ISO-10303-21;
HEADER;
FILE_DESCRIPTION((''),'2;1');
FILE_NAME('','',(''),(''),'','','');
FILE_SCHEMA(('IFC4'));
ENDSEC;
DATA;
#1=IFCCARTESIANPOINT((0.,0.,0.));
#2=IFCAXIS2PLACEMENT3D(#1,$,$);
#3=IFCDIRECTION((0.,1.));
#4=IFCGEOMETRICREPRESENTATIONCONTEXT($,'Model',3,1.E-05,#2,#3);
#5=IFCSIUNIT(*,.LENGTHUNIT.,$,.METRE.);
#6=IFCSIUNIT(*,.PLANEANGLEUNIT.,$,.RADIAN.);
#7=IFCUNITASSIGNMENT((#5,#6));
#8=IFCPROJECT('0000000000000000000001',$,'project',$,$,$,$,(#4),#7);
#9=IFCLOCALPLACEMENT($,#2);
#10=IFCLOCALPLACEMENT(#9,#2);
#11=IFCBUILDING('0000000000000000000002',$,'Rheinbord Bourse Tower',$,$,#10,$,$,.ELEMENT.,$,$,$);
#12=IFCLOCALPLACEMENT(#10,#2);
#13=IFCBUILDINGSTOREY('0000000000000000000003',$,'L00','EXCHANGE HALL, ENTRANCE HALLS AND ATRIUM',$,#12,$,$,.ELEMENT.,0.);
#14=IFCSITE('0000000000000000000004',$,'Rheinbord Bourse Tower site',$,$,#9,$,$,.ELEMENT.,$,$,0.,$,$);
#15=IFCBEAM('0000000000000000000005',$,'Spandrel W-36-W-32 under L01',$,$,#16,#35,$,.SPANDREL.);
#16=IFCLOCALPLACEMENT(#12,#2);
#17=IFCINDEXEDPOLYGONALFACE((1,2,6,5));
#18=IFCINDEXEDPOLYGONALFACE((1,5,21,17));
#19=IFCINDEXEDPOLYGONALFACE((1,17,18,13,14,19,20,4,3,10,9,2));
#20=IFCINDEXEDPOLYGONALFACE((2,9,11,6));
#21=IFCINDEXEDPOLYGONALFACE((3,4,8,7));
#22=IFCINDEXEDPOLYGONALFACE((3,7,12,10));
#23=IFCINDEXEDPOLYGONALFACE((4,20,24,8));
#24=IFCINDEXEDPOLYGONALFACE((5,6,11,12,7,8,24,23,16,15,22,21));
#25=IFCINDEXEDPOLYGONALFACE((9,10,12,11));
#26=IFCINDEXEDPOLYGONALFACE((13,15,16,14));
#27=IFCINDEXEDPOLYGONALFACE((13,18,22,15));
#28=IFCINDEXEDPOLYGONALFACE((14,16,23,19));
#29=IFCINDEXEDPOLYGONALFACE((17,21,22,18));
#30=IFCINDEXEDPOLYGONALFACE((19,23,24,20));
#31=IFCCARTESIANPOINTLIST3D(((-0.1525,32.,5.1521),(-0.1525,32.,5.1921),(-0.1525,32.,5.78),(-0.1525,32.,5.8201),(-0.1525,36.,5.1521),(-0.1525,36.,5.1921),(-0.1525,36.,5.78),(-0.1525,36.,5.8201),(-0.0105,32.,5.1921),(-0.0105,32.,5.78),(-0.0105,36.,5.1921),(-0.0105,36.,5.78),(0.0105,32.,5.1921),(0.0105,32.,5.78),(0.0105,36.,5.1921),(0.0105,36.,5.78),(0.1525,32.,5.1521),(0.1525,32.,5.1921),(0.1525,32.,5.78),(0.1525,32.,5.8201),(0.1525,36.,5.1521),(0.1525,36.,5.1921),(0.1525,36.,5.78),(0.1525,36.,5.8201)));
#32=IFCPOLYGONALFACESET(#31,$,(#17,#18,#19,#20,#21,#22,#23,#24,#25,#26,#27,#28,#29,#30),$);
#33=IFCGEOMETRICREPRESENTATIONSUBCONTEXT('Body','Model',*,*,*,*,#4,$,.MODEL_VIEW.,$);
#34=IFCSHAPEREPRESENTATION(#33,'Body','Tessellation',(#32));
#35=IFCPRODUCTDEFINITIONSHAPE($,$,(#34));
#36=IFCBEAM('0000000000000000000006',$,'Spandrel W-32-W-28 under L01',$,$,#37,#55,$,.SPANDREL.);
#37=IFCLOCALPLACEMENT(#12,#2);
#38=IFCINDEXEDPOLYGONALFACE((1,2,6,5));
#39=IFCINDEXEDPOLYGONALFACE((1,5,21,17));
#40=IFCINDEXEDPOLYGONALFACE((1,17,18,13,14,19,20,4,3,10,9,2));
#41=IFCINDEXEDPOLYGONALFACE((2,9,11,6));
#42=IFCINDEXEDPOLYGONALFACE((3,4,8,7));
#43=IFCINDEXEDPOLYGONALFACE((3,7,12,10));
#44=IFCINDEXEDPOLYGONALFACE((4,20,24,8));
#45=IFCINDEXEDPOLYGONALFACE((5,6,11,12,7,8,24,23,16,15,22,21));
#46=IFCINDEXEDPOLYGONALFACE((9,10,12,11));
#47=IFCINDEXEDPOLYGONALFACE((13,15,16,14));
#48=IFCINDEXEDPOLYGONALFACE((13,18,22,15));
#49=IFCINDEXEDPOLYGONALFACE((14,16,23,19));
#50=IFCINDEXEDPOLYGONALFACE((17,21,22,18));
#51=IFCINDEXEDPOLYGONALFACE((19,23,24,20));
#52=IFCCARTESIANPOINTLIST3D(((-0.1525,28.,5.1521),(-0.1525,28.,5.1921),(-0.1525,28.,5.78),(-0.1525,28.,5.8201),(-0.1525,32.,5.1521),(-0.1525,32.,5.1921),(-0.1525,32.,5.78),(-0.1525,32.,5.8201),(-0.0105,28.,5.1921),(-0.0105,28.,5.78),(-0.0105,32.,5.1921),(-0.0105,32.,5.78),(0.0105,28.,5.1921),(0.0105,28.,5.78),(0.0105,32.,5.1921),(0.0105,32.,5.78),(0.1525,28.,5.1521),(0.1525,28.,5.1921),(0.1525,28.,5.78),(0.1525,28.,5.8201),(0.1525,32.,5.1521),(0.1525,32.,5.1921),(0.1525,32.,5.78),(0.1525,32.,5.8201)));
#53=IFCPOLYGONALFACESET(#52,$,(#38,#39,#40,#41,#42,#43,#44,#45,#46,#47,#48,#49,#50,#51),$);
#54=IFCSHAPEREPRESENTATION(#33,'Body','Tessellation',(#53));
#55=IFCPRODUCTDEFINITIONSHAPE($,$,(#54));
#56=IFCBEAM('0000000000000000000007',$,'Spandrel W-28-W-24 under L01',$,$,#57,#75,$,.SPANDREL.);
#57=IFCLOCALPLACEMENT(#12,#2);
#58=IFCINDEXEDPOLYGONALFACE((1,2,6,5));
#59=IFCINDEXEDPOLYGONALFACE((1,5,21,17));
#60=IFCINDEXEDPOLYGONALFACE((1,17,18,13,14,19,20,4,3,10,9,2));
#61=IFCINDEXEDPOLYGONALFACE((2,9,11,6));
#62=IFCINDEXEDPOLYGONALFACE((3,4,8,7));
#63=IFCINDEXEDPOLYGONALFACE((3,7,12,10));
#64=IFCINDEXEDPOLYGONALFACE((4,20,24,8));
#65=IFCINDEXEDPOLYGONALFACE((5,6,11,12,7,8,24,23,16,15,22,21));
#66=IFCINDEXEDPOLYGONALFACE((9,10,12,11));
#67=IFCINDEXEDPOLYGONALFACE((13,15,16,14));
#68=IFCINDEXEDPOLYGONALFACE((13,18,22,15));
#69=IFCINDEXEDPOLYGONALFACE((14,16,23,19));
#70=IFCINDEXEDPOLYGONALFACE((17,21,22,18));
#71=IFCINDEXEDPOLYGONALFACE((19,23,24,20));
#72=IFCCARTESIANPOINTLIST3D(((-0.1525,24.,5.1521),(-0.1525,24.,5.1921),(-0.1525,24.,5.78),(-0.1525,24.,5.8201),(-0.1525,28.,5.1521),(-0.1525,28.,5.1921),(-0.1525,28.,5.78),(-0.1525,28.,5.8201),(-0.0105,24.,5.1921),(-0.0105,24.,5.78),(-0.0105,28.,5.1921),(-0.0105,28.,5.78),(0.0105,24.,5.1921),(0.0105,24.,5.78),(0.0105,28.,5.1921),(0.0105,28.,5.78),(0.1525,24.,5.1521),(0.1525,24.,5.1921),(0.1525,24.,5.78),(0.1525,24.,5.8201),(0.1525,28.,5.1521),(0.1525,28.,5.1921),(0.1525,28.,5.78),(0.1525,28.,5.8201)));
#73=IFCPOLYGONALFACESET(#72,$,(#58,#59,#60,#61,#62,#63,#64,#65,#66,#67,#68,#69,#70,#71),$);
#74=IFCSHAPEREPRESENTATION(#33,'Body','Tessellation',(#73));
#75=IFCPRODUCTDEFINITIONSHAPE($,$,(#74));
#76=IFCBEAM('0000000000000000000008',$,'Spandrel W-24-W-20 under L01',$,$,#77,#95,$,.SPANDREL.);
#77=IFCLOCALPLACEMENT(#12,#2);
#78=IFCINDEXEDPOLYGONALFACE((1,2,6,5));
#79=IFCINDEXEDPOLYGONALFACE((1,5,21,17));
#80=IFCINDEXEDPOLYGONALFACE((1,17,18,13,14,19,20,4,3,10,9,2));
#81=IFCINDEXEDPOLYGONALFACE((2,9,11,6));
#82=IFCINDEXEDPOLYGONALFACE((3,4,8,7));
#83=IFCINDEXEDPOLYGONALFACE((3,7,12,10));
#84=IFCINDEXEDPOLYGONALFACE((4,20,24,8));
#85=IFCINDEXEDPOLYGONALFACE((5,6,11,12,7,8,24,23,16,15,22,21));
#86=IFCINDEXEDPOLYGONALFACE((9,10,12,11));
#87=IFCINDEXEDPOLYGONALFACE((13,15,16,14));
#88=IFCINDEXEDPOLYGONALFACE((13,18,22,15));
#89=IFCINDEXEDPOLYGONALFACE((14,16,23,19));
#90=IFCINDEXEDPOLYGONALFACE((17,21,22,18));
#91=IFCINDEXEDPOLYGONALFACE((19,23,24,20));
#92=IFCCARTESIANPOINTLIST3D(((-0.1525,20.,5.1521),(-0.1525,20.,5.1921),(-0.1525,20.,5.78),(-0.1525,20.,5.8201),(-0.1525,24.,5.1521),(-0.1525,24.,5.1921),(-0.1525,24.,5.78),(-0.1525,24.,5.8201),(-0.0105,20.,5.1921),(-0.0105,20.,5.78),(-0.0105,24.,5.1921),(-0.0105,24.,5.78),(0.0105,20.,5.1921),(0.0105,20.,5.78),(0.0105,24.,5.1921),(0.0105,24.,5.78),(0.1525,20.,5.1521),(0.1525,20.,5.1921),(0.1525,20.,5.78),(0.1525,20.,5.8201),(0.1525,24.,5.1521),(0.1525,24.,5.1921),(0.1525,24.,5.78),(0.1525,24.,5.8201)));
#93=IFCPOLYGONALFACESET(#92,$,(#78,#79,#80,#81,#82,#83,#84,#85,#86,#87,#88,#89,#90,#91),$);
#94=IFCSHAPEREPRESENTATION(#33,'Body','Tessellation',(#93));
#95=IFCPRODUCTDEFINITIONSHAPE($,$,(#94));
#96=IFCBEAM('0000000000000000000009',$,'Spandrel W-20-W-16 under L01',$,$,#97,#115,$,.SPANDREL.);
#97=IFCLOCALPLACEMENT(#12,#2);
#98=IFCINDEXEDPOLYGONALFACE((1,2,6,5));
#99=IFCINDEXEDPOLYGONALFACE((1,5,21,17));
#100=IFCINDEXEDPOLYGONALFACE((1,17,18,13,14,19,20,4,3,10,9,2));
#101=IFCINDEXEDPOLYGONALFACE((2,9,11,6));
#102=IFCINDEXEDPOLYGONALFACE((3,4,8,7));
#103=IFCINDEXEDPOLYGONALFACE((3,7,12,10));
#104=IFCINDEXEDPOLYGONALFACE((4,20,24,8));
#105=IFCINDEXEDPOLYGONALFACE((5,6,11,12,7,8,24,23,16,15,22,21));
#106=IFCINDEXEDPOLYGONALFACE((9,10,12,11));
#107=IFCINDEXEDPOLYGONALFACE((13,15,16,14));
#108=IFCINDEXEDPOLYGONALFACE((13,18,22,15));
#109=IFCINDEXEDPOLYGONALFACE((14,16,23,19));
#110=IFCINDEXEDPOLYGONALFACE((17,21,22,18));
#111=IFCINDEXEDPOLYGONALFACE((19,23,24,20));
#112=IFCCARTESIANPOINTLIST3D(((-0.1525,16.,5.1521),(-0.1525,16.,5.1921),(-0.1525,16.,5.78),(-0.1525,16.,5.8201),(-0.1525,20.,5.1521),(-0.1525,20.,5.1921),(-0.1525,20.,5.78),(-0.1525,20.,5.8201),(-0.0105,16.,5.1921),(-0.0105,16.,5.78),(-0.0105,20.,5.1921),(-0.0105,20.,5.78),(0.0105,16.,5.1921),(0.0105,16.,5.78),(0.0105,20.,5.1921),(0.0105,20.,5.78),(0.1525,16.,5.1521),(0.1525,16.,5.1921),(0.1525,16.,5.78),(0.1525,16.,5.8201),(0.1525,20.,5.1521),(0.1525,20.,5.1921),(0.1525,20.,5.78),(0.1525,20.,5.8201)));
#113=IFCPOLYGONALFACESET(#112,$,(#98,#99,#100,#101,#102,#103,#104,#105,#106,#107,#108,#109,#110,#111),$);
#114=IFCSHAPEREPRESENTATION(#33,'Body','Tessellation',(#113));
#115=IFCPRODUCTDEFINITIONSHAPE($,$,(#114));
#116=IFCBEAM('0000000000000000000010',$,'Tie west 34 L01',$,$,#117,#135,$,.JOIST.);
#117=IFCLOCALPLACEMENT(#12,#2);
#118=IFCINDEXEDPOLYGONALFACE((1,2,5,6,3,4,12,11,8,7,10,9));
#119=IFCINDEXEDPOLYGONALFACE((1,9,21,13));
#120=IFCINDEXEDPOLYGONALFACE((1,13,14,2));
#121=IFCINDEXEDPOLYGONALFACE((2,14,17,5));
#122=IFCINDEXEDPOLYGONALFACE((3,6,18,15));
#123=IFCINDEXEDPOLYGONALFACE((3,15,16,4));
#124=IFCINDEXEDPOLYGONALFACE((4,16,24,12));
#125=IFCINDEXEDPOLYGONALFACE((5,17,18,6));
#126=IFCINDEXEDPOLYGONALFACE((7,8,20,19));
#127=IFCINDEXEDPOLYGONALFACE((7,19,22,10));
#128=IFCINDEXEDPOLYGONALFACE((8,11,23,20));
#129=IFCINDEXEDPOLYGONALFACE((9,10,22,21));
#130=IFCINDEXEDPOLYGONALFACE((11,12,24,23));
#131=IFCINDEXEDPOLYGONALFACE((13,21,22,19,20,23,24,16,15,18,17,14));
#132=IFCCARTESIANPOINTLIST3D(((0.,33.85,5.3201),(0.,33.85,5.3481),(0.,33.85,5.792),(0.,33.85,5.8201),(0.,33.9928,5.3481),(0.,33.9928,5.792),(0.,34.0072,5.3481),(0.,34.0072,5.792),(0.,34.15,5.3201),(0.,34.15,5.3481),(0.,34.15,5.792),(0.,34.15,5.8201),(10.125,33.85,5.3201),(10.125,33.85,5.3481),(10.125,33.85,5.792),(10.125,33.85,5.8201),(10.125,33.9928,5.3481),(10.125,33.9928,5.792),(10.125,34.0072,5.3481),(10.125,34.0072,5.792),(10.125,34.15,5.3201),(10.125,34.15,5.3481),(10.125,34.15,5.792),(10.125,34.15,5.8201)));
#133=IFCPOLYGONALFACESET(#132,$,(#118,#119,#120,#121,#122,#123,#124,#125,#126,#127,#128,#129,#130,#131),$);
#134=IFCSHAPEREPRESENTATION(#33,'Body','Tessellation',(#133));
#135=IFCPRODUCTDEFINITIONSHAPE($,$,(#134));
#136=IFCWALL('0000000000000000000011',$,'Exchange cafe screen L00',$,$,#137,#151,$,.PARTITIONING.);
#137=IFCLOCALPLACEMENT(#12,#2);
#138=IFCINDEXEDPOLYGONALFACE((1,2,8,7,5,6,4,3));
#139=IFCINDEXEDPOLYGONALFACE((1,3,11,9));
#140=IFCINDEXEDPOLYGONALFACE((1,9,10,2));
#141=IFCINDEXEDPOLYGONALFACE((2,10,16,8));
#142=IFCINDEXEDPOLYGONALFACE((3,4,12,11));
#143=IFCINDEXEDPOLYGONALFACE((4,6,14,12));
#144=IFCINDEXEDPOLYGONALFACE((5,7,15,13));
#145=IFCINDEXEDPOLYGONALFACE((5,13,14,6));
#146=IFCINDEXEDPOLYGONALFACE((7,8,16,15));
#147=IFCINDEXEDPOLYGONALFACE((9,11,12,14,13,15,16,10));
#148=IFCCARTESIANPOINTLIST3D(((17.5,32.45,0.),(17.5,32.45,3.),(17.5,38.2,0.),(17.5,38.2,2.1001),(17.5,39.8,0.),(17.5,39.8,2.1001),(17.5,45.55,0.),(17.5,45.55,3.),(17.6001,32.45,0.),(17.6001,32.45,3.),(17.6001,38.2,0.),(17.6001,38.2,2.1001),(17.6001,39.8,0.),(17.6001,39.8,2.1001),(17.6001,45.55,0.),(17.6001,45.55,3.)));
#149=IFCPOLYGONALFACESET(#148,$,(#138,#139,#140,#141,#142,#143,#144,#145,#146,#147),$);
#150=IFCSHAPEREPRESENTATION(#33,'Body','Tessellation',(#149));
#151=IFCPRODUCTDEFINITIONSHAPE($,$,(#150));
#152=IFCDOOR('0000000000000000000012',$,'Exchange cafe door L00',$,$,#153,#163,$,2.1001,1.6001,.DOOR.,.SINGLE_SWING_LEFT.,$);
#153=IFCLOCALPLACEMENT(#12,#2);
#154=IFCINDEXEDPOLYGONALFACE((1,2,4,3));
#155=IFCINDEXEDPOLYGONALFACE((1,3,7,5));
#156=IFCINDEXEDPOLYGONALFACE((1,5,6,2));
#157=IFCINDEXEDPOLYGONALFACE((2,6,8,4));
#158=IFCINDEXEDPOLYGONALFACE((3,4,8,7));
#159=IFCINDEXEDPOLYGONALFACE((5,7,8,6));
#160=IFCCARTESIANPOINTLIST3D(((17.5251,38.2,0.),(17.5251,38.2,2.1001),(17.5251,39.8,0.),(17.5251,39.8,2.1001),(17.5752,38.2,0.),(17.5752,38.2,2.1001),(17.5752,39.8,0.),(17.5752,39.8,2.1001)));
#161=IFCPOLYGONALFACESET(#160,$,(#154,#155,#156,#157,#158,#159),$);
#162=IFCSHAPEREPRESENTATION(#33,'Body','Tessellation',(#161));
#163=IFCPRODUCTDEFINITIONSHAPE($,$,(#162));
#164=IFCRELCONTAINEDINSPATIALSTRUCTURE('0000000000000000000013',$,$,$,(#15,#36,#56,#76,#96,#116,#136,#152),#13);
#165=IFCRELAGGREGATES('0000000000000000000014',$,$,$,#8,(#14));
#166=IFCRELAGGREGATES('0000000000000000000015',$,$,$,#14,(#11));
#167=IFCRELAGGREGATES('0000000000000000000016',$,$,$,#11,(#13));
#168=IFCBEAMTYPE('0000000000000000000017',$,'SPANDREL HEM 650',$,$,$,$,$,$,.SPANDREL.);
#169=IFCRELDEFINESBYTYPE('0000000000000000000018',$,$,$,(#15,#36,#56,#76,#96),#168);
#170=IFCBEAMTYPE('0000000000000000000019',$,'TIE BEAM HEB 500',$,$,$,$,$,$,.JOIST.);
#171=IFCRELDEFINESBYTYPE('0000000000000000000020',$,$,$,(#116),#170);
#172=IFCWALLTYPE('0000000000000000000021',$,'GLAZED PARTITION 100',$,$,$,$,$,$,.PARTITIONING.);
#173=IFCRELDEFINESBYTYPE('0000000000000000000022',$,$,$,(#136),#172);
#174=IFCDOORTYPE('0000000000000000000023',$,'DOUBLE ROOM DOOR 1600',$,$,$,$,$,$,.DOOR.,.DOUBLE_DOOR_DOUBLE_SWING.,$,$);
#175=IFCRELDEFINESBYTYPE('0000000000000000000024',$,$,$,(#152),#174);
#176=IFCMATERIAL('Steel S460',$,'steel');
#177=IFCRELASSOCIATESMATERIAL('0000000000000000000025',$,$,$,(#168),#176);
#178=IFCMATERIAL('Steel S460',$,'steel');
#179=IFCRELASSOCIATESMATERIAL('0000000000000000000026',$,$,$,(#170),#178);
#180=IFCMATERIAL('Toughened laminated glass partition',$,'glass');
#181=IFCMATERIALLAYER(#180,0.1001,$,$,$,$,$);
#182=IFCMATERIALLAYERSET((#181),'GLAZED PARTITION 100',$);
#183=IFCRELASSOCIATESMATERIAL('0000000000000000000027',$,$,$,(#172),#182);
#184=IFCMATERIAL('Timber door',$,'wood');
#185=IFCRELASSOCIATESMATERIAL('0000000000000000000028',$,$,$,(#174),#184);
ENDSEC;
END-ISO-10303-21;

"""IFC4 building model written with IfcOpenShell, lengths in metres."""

from ifc_helpers import new_model, si_unit, direction, frame, frame_2d, origin, origin_2d, place, context, subcontext, project, spatial, rectangle, i_section, extrude, material, layer, layer_set, material_profile, profile_set, type_object, element, fill, save


model = new_model("IFC4")

# Units and contexts
model_context = context("Model", 3, precision=1e-05, world=origin(), true_north=direction((0.0, 1.0)))
body_context = subcontext(model_context, "Body", "Model", "MODEL_VIEW")
ifc_project = project(units=[si_unit("LENGTHUNIT", "METRE"), si_unit("PLANEANGLEUNIT", "RADIAN")], contexts=[model_context])

# Site, building, storey
site_placement = place(None, origin())
site = spatial("IfcSite", under=ifc_project, at=site_placement, Name="Rheinbord Bourse Tower site", CompositionType="ELEMENT", RefElevation=0.0)
building_placement = place(site_placement, origin())
building = spatial("IfcBuilding", under=site, at=building_placement, Name="Rheinbord Bourse Tower", CompositionType="ELEMENT")
storey_placement = place(building_placement, origin())
storey = spatial("IfcBuildingStorey", under=building, at=storey_placement, Name="L00", Description="EXCHANGE HALL, ENTRANCE HALLS AND ATRIUM", CompositionType="ELEMENT", Elevation=0.0)

# Beams
ifc_material_1 = material(Name="Steel S460", Category="steel")
ifc_material_profile_1 = material_profile(ifc_material_1, i_section(OverallWidth=0.3049, OverallDepth=0.668, WebThickness=0.021, FlangeThickness=0.04, at=origin_2d()), Name="HEM 650")
ifc_profile_set_1 = profile_set([ifc_material_profile_1], Name="Steel S460")
beam_type_1 = type_object("IfcBeamType", Name="SPANDREL HEM 650", PredefinedType="SPANDREL", material=ifc_profile_set_1)
for number, where, z_axis, x_axis, name in (
    (1, (0.0, 36.0, 5.4861), (0.0, -1.0, 0.0), (1.0, 0.0, 0.0), "Spandrel W-36-W-32 under L01"),
    (2, (0.0, 32.0, 5.4861), (0.0, -1.0, 0.0), (1.0, 0.0, 0.0), "Spandrel W-32-W-28 under L01"),
    (3, (0.0, 28.0, 5.4861), (0.0, -1.0, 0.0), (1.0, 0.0, 0.0), "Spandrel W-28-W-24 under L01"),
    (4, (0.0, 24.0, 5.4861), (0.0, -1.0, 0.0), (1.0, 0.0, 0.0), "Spandrel W-24-W-20 under L01"),
    (5, (0.0, 20.0, 5.4861), (0.0, -1.0, 0.0), (1.0, 0.0, 0.0), "Spandrel W-20-W-16 under L01"),
):
    element("IfcBeam", number, at=place(storey_placement, frame(where, z_axis=z_axis, x_axis=x_axis)), inside=storey, type_object=beam_type_1, Name=name, PredefinedType="SPANDREL", context=body_context, shape_type="SweptSolid", body=[
        extrude(i_section(OverallWidth=0.3049, OverallDepth=0.668, WebThickness=0.021, FlangeThickness=0.04, at=origin_2d()), origin(), (0.0, 0.0, 1.0), 4.0),
    ])
ifc_material_2 = material(Name="Steel S460", Category="steel")
ifc_material_profile_2 = material_profile(ifc_material_2, i_section(OverallWidth=0.3, OverallDepth=0.5, WebThickness=0.0144, FlangeThickness=0.0281, at=origin_2d()), Name="HEB 500")
ifc_profile_set_2 = profile_set([ifc_material_profile_2], Name="Steel S460")
beam_type_2 = type_object("IfcBeamType", Name="TIE BEAM HEB 500", PredefinedType="JOIST", material=ifc_profile_set_2)
beam_1_placement = place(storey_placement, frame((0.0, 34.0, 5.5701), z_axis=(1.0, 0.0, 0.0), x_axis=(0.0, 1.0, 0.0)))
element("IfcBeam", 6, at=beam_1_placement, inside=storey, type_object=beam_type_2, Name="Tie west 34 L01", PredefinedType="JOIST", context=body_context, shape_type="SweptSolid", body=[
    extrude(i_section(OverallWidth=0.3, OverallDepth=0.5, WebThickness=0.0144, FlangeThickness=0.0281, at=origin_2d()), origin(), (0.0, 0.0, 1.0), 10.125),
])

# Wall, opening, door
ifc_material_3 = material(Name="Toughened laminated glass partition", Category="glass")
ifc_layer = layer(ifc_material_3, 0.1001)
ifc_layer_set = layer_set([ifc_layer], Name="GLAZED PARTITION 100")
wall_type = type_object("IfcWallType", Name="GLAZED PARTITION 100", PredefinedType="PARTITIONING", material=ifc_layer_set)
wall_placement = place(storey_placement, frame((17.55, 32.45, 0.0), z_axis=(0.0, 0.0, 1.0), x_axis=(0.0, 1.0, 0.0)))
wall = element("IfcWall", 7, at=wall_placement, inside=storey, type_object=wall_type, Name="Exchange cafe screen L00", PredefinedType="PARTITIONING", context=body_context, shape_type="SweptSolid", body=[
    extrude(rectangle(XDim=13.1001, YDim=0.1001, at=frame_2d((6.55, 0.0))), origin(), (0.0, 0.0, 1.0), 3.0),
])
opening_placement = place(wall_placement, frame((5.75, 0.0, 0.0)))
opening = element("IfcOpeningElement", 8, at=opening_placement, cuts=wall, PredefinedType="OPENING", context=body_context, shape_type="SweptSolid", body=[
    extrude(rectangle(XDim=1.6001, YDim=2.1001, at=frame_2d((0.8, 1.05))), frame((0.0, 0.0601, 0.0), z_axis=(0.0, -1.0, 0.0), x_axis=(1.0, 0.0, 0.0)), (0.0, 0.0, 1.0), 0.1201),
])
ifc_material_4 = material(Name="Timber door", Category="wood")
door_type = type_object("IfcDoorType", Name="DOUBLE ROOM DOOR 1600", OperationType="DOUBLE_DOOR_DOUBLE_SWING", PredefinedType="DOOR", material=ifc_material_4)
door_placement = place(opening_placement, origin())
door = element("IfcDoor", 9, at=door_placement, inside=storey, type_object=door_type, Name="Exchange cafe door L00", OperationType="SINGLE_SWING_LEFT", OverallHeight=2.1001, OverallWidth=1.6001, PredefinedType="DOOR", context=body_context, shape_type="SweptSolid", body=[
    extrude(rectangle(XDim=1.6001, YDim=2.1001, at=frame_2d((0.8, 1.05))), frame((0.0, 0.0249, 0.0), z_axis=(0.0, -1.0, 0.0), x_axis=(1.0, 0.0, 0.0)), (0.0, 0.0, 1.0), 0.05),
])
fill(opening, door)

save(model, "model.ifc")
